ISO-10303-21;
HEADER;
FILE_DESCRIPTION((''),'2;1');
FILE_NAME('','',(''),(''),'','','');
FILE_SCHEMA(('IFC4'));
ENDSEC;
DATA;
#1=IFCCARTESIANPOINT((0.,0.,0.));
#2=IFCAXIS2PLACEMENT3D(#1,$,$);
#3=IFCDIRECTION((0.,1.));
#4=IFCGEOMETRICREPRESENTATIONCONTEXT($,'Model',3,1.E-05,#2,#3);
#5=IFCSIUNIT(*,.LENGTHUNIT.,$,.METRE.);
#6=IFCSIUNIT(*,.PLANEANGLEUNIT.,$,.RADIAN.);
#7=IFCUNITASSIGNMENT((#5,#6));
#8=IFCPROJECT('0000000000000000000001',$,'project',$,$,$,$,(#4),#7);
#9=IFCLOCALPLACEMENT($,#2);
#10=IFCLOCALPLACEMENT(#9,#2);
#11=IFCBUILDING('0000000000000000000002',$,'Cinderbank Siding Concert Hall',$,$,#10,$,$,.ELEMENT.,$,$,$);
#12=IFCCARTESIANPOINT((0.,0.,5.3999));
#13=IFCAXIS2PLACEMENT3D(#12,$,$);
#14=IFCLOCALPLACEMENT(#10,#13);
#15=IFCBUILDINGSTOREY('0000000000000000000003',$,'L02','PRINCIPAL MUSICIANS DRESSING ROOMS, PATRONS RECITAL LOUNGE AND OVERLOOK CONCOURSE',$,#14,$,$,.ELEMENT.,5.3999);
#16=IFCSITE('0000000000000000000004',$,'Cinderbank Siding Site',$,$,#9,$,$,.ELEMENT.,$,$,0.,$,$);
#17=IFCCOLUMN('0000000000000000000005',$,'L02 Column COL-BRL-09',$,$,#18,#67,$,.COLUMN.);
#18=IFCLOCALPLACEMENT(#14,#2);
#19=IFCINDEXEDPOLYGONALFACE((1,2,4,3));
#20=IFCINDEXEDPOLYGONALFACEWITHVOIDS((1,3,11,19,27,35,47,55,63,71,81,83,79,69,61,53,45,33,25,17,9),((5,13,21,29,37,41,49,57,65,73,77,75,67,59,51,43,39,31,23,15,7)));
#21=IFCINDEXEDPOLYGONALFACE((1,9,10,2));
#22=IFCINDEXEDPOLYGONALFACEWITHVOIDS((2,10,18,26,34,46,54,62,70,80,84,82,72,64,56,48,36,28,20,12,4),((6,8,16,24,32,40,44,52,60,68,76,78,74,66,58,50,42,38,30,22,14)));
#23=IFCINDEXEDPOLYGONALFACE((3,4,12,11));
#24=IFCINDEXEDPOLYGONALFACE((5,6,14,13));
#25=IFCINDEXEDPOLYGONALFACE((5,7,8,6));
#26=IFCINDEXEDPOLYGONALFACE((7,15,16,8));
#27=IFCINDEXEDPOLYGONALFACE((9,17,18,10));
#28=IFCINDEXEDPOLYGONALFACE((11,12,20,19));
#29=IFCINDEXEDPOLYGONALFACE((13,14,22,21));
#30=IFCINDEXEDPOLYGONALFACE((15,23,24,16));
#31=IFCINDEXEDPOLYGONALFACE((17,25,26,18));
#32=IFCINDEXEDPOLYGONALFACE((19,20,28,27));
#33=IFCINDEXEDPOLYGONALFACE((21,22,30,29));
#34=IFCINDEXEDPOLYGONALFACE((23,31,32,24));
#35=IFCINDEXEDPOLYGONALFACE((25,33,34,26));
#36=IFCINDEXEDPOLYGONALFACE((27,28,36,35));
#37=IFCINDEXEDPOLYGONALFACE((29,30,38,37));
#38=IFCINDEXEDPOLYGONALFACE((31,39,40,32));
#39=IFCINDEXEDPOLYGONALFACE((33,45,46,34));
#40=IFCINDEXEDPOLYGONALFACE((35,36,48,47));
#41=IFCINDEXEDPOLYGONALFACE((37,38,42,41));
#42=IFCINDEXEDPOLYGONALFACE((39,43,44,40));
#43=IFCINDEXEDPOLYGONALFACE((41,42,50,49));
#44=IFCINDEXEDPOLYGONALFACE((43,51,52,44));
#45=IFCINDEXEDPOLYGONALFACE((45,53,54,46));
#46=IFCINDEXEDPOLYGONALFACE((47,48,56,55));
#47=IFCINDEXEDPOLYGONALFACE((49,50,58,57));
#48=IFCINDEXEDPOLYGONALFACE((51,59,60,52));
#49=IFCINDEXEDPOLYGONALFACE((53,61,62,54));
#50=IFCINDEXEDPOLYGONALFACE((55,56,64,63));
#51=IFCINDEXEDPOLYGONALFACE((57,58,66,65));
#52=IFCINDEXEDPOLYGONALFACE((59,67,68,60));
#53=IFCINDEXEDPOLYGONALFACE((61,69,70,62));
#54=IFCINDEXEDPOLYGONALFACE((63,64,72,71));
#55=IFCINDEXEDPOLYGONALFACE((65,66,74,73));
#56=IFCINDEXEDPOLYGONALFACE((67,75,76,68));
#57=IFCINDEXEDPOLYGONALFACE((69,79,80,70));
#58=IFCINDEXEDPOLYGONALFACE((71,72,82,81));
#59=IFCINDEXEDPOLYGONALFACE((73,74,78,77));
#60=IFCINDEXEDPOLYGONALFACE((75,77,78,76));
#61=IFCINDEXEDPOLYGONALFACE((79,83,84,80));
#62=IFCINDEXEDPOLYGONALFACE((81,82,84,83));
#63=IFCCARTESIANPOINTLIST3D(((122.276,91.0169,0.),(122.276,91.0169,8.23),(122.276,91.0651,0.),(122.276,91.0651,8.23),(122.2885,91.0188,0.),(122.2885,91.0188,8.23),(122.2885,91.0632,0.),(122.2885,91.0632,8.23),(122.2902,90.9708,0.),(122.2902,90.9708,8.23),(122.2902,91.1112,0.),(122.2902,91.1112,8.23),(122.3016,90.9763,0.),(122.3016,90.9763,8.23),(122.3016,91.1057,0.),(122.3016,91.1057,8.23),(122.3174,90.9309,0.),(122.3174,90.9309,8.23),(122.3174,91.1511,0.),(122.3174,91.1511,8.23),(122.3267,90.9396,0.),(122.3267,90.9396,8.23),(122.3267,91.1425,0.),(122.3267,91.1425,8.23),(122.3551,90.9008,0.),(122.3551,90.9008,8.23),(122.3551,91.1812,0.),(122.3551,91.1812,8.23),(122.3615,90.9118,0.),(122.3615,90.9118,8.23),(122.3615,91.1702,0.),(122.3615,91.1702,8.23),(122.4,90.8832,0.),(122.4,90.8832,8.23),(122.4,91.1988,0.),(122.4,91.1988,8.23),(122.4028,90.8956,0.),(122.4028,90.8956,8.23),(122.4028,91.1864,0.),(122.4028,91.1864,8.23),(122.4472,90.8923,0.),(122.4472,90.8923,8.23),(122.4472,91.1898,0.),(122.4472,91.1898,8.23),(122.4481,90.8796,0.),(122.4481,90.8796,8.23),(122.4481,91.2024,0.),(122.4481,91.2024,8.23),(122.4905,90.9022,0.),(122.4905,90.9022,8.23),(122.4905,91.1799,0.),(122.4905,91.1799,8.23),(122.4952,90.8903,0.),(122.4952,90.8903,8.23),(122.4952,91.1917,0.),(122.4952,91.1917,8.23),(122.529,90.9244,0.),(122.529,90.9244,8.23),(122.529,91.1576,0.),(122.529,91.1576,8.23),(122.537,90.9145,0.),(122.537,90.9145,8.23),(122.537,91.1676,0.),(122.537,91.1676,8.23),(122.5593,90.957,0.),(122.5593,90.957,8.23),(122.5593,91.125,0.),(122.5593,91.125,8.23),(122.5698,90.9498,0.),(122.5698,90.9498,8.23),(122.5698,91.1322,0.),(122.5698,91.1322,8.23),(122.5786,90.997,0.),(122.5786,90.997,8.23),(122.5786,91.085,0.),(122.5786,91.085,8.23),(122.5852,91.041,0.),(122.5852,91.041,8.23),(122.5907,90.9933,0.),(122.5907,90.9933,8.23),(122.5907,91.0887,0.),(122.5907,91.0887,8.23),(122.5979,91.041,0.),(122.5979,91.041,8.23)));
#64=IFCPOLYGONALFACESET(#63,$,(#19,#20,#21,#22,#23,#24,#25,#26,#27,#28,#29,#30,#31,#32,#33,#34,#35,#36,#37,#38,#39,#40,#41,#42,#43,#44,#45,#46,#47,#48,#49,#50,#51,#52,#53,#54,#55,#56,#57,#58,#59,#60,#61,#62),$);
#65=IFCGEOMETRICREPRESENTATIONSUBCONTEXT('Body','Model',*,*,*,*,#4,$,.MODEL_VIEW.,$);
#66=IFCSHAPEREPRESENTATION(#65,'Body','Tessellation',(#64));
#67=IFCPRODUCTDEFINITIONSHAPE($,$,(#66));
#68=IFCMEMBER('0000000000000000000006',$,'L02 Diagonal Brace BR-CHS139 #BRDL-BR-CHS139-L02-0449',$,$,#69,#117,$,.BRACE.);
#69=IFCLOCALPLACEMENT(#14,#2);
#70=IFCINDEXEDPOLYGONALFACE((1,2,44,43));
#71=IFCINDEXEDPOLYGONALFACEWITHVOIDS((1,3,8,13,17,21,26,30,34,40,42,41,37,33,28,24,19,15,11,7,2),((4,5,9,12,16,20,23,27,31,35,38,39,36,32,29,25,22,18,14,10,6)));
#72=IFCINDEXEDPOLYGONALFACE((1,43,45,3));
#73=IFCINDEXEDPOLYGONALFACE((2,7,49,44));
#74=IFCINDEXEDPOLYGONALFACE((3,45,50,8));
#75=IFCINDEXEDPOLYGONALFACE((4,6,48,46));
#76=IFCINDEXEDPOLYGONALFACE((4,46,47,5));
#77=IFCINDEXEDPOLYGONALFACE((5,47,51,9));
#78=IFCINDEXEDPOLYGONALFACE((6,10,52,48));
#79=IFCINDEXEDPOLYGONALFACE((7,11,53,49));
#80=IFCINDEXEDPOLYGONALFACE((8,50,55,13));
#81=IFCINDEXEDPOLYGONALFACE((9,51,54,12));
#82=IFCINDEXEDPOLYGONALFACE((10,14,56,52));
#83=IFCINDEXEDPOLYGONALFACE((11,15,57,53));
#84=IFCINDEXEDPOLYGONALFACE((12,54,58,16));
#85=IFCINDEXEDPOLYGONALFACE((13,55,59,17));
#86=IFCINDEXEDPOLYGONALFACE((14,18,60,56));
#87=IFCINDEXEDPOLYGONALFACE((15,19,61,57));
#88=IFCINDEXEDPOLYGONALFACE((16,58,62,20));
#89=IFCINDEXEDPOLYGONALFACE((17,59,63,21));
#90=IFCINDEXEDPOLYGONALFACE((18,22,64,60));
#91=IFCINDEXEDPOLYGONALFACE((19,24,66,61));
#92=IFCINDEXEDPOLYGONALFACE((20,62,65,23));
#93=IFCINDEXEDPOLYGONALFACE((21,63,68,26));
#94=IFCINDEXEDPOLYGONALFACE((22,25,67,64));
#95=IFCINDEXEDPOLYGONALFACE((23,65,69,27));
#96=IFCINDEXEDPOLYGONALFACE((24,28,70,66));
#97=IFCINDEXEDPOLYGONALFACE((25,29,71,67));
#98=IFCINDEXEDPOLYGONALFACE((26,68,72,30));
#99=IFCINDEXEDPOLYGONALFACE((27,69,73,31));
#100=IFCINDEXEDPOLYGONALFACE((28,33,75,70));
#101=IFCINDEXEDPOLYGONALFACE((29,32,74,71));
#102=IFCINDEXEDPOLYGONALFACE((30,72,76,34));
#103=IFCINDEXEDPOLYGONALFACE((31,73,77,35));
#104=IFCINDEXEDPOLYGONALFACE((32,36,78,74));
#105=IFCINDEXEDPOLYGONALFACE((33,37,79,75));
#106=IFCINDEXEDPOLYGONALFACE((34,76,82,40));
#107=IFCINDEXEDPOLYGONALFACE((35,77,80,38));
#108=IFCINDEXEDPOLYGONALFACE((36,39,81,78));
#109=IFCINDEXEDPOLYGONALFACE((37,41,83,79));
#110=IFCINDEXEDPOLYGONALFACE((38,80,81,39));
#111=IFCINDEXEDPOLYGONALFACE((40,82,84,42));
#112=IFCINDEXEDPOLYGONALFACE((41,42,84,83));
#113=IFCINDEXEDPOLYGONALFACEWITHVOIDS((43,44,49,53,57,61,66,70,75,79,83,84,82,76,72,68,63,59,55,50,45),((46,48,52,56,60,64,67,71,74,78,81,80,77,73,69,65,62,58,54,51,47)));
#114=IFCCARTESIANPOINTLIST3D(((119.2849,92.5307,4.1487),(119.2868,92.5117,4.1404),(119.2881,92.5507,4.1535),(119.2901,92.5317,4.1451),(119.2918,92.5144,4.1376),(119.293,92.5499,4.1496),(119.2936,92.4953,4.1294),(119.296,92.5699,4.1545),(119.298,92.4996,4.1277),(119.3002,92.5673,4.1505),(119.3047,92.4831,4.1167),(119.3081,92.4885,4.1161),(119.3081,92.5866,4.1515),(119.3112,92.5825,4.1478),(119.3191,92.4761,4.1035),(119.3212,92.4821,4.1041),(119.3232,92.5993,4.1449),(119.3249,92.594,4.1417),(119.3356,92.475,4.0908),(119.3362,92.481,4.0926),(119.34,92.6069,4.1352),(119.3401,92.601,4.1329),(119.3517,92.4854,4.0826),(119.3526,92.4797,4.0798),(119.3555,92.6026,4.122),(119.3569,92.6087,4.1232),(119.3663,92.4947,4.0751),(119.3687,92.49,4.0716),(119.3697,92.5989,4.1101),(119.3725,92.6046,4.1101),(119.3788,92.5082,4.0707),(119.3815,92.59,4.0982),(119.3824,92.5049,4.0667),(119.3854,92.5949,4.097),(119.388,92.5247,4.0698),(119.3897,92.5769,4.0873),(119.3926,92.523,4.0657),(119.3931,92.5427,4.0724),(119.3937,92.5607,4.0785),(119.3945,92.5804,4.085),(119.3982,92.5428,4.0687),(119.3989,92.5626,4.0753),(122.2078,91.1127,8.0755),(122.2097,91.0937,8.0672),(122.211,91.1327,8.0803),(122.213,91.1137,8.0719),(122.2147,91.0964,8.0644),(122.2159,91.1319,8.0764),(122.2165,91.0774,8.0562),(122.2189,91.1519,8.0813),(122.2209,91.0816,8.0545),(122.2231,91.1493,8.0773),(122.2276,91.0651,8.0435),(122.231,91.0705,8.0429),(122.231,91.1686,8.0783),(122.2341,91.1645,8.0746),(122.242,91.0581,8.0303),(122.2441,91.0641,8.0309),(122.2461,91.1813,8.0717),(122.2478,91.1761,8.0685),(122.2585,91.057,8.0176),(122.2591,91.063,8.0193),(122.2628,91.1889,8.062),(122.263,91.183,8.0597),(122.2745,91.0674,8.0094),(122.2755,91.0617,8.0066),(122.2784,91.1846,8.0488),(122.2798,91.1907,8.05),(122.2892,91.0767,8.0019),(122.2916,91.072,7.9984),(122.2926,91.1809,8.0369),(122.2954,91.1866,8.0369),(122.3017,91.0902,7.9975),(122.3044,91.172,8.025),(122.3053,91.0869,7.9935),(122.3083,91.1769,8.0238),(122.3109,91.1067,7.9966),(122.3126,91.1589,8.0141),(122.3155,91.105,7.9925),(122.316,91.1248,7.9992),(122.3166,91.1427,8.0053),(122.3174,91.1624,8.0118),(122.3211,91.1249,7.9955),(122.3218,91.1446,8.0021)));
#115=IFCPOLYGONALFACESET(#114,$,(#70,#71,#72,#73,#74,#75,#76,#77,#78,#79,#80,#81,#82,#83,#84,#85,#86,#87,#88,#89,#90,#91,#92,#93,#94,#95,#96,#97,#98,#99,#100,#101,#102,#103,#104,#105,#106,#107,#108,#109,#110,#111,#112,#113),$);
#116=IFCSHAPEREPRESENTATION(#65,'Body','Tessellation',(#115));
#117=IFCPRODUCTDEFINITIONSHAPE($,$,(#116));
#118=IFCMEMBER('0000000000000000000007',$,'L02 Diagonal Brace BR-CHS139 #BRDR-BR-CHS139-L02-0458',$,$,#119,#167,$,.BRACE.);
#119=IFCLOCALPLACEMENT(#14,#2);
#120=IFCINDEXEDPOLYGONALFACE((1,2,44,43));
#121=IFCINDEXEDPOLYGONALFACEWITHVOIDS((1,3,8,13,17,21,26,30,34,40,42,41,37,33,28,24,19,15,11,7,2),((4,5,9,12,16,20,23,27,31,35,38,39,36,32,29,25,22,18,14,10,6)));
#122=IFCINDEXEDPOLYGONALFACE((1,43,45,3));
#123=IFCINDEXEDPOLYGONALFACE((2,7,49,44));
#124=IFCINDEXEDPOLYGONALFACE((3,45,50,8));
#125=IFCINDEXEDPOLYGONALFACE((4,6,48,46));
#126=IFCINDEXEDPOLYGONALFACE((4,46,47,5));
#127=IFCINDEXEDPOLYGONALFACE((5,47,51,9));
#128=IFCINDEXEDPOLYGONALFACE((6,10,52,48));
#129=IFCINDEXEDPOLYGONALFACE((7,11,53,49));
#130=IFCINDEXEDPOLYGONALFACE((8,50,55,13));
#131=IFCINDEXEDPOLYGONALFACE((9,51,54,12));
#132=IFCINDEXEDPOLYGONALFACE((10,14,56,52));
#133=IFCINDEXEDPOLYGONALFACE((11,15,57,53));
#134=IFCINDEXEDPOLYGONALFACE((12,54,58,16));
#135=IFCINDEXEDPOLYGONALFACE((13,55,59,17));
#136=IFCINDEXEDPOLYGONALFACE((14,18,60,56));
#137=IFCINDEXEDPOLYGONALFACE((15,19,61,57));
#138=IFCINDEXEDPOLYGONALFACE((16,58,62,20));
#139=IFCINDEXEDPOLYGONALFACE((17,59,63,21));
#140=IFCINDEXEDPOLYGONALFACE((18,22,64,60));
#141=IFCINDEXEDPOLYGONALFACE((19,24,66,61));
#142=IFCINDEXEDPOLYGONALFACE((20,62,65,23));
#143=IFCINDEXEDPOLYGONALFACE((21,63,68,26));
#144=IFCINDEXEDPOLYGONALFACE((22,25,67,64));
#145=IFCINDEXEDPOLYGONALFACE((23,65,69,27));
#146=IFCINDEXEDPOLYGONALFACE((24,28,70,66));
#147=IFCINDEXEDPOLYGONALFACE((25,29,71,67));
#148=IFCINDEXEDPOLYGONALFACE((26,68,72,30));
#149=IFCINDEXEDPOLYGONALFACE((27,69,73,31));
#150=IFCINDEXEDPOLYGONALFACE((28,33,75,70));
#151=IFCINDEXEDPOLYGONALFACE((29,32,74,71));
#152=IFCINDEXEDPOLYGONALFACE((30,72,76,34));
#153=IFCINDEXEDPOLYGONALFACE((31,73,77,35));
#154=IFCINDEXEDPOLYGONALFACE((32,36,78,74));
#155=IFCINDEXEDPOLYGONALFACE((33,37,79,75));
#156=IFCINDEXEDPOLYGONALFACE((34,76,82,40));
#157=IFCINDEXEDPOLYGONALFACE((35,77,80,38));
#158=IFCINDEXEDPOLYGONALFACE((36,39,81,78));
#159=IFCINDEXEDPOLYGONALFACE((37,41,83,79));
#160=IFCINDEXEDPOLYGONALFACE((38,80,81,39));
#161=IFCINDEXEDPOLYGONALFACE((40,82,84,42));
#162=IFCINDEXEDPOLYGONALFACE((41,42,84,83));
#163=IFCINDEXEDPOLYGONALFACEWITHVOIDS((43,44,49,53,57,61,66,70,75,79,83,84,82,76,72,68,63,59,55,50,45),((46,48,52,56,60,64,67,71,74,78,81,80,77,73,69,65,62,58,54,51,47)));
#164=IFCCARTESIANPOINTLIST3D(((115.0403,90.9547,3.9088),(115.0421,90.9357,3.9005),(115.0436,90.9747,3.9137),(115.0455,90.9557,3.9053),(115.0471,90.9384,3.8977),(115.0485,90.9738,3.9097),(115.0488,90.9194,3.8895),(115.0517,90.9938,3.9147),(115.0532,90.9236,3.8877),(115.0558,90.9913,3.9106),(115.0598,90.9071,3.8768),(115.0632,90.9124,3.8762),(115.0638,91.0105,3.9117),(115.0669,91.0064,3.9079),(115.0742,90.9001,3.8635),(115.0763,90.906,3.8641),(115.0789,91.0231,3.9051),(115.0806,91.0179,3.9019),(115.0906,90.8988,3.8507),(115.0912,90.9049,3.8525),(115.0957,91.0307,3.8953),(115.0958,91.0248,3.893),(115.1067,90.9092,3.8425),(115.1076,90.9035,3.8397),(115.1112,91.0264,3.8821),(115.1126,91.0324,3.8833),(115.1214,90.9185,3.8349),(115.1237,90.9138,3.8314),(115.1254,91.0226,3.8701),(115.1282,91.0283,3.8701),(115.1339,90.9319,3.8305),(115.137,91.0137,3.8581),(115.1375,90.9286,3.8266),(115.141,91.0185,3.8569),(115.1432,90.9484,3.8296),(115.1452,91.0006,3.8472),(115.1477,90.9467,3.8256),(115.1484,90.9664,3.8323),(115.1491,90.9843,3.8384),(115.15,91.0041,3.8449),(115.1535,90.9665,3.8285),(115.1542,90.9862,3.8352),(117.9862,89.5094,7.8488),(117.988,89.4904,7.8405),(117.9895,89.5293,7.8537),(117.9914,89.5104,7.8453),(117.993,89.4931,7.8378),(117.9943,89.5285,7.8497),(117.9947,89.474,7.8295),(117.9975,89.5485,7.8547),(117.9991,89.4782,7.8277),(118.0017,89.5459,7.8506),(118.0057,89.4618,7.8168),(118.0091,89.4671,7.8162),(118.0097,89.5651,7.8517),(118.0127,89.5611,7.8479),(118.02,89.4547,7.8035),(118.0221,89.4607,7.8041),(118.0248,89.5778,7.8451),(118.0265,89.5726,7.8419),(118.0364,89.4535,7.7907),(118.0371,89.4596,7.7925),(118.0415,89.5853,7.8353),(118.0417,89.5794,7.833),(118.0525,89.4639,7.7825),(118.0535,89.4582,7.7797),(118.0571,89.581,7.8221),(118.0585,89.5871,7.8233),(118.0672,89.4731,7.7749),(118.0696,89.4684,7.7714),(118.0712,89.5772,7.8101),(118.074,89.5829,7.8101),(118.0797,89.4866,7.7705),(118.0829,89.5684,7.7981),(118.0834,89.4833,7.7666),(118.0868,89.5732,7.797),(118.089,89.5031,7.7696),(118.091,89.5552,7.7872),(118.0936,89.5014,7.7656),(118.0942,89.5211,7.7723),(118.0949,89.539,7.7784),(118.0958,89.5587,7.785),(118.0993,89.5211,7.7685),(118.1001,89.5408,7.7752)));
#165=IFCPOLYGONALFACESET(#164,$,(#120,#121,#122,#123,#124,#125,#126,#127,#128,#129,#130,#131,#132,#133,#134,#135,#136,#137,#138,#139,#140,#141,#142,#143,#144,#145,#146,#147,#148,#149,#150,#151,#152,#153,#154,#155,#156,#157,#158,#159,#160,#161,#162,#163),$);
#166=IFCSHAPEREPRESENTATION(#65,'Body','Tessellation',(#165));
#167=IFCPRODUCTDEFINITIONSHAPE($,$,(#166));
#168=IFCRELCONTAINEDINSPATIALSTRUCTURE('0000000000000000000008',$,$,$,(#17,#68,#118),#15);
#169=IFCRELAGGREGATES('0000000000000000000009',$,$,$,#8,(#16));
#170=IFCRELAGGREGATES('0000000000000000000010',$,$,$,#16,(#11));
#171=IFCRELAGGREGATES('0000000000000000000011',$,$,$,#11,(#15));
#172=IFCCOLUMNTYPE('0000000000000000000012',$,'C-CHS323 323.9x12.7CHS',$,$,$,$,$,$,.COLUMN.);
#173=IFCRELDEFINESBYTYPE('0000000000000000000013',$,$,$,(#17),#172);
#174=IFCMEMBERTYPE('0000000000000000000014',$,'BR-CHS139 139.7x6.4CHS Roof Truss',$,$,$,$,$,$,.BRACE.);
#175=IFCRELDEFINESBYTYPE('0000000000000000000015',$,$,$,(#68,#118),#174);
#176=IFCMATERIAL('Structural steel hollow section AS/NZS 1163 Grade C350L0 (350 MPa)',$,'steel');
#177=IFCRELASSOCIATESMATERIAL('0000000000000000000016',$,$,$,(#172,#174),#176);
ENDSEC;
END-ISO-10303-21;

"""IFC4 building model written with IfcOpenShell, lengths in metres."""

from ifc_helpers import new_model, si_unit, direction, frame, origin, origin_2d, place, context, subcontext, project, spatial, hollow_circle, extrude, material, material_profile, profile_set, type_object, element, save


model = new_model("IFC4")

# Units and contexts
model_context = context("Model", 3, precision=1e-05, world=origin(), true_north=direction((0.0, 1.0)))
body_context = subcontext(model_context, "Body", "Model", "MODEL_VIEW")
ifc_project = project(units=[si_unit("LENGTHUNIT", "METRE"), si_unit("PLANEANGLEUNIT", "RADIAN")], contexts=[model_context])

# Site, building, storey
site_placement = place(None, origin())
site = spatial("IfcSite", under=ifc_project, at=site_placement, Name="Cinderbank Siding Site", CompositionType="ELEMENT", RefElevation=0.0)
building_placement = place(site_placement, origin())
building = spatial("IfcBuilding", under=site, at=building_placement, Name="Cinderbank Siding Concert Hall", CompositionType="ELEMENT")
storey_placement = place(building_placement, frame((0.0, 0.0, 5.3999)))
storey = spatial("IfcBuildingStorey", under=building, at=storey_placement, Name="L02", Description="PRINCIPAL MUSICIANS DRESSING ROOMS, PATRONS RECITAL LOUNGE AND OVERLOOK CONCOURSE", CompositionType="ELEMENT", Elevation=5.3999)

# Column
ifc_material_1 = material(Name="Structural steel hollow section AS/NZS 1163 Grade C350L0 (350 MPa)", Category="steel")
ifc_material_profile_1 = material_profile(ifc_material_1, hollow_circle(Radius=0.1619, WallThickness=0.0127, at=origin_2d()), Name="323.9x12.7CHS", Category="LoadBearing")
ifc_profile_set_1 = profile_set([ifc_material_profile_1], Name="Structural steel hollow section AS/NZS 1163 Grade C350L0 (350 MPa)")
column_type = type_object("IfcColumnType", Name="C-CHS323 323.9x12.7CHS", PredefinedType="COLUMN", material=ifc_profile_set_1)
column_placement = place(storey_placement, frame((122.436, 91.041, 0.0), z_axis=(0.0, 0.0, 1.0), x_axis=(1.0, 0.0, 0.0)))
element("IfcColumn", 1, at=column_placement, inside=storey, type_object=column_type, Name="L02 Column COL-BRL-09", PredefinedType="COLUMN", context=body_context, shape_type="SweptSolid", body=[
    extrude(hollow_circle(Radius=0.1619, WallThickness=0.0127, at=origin_2d()), origin(), (0.0, 0.0, 1.0), 8.23),
])

# Members
ifc_material_profile_2 = material_profile(ifc_material_1, hollow_circle(Radius=0.0698, WallThickness=0.0063, at=origin_2d()), Name="139.7x6.4CHS", Category="LoadBearing")
ifc_profile_set_2 = profile_set([ifc_material_profile_2], Name="Structural steel hollow section AS/NZS 1163 Grade C350L0 (350 MPa)")
member_type_1 = type_object("IfcMemberType", Name="BR-CHS139 139.7x6.4CHS Roof Truss", PredefinedType="BRACE", material=ifc_profile_set_2)
member_1_placement = place(storey_placement, frame((119.342, 92.5417, 4.1101), z_axis=(0.573515, -0.27823, 0.770499), x_axis=(0.43648, 0.899714, 0.0)))
element("IfcMember", 2, at=member_1_placement, inside=storey, type_object=member_type_1, Name="L02 Diagonal Brace BR-CHS139 #BRDL-BR-CHS139-L02-0449", PredefinedType="BRACE", context=body_context, shape_type="SweptSolid", body=[
    extrude(hollow_circle(Radius=0.0698, WallThickness=0.0063, at=origin_2d()), origin(), (0.0, 0.0, 1.0), 5.0964),
])
member_2_placement = place(storey_placement, frame((115.0974, 90.9656, 3.8701), z_axis=(0.574526, -0.281882, 0.768415), x_axis=(0.440475, 0.897765, 0.0)))
element("IfcMember", 3, at=member_2_placement, inside=storey, type_object=member_type_1, Name="L02 Diagonal Brace BR-CHS139 #BRDR-BR-CHS139-L02-0458", PredefinedType="BRACE", context=body_context, shape_type="SweptSolid", body=[
    extrude(hollow_circle(Radius=0.0698, WallThickness=0.0063, at=origin_2d()), origin(), (0.0, 0.0, 1.0), 5.1274),
])

save(model, "model.ifc")
